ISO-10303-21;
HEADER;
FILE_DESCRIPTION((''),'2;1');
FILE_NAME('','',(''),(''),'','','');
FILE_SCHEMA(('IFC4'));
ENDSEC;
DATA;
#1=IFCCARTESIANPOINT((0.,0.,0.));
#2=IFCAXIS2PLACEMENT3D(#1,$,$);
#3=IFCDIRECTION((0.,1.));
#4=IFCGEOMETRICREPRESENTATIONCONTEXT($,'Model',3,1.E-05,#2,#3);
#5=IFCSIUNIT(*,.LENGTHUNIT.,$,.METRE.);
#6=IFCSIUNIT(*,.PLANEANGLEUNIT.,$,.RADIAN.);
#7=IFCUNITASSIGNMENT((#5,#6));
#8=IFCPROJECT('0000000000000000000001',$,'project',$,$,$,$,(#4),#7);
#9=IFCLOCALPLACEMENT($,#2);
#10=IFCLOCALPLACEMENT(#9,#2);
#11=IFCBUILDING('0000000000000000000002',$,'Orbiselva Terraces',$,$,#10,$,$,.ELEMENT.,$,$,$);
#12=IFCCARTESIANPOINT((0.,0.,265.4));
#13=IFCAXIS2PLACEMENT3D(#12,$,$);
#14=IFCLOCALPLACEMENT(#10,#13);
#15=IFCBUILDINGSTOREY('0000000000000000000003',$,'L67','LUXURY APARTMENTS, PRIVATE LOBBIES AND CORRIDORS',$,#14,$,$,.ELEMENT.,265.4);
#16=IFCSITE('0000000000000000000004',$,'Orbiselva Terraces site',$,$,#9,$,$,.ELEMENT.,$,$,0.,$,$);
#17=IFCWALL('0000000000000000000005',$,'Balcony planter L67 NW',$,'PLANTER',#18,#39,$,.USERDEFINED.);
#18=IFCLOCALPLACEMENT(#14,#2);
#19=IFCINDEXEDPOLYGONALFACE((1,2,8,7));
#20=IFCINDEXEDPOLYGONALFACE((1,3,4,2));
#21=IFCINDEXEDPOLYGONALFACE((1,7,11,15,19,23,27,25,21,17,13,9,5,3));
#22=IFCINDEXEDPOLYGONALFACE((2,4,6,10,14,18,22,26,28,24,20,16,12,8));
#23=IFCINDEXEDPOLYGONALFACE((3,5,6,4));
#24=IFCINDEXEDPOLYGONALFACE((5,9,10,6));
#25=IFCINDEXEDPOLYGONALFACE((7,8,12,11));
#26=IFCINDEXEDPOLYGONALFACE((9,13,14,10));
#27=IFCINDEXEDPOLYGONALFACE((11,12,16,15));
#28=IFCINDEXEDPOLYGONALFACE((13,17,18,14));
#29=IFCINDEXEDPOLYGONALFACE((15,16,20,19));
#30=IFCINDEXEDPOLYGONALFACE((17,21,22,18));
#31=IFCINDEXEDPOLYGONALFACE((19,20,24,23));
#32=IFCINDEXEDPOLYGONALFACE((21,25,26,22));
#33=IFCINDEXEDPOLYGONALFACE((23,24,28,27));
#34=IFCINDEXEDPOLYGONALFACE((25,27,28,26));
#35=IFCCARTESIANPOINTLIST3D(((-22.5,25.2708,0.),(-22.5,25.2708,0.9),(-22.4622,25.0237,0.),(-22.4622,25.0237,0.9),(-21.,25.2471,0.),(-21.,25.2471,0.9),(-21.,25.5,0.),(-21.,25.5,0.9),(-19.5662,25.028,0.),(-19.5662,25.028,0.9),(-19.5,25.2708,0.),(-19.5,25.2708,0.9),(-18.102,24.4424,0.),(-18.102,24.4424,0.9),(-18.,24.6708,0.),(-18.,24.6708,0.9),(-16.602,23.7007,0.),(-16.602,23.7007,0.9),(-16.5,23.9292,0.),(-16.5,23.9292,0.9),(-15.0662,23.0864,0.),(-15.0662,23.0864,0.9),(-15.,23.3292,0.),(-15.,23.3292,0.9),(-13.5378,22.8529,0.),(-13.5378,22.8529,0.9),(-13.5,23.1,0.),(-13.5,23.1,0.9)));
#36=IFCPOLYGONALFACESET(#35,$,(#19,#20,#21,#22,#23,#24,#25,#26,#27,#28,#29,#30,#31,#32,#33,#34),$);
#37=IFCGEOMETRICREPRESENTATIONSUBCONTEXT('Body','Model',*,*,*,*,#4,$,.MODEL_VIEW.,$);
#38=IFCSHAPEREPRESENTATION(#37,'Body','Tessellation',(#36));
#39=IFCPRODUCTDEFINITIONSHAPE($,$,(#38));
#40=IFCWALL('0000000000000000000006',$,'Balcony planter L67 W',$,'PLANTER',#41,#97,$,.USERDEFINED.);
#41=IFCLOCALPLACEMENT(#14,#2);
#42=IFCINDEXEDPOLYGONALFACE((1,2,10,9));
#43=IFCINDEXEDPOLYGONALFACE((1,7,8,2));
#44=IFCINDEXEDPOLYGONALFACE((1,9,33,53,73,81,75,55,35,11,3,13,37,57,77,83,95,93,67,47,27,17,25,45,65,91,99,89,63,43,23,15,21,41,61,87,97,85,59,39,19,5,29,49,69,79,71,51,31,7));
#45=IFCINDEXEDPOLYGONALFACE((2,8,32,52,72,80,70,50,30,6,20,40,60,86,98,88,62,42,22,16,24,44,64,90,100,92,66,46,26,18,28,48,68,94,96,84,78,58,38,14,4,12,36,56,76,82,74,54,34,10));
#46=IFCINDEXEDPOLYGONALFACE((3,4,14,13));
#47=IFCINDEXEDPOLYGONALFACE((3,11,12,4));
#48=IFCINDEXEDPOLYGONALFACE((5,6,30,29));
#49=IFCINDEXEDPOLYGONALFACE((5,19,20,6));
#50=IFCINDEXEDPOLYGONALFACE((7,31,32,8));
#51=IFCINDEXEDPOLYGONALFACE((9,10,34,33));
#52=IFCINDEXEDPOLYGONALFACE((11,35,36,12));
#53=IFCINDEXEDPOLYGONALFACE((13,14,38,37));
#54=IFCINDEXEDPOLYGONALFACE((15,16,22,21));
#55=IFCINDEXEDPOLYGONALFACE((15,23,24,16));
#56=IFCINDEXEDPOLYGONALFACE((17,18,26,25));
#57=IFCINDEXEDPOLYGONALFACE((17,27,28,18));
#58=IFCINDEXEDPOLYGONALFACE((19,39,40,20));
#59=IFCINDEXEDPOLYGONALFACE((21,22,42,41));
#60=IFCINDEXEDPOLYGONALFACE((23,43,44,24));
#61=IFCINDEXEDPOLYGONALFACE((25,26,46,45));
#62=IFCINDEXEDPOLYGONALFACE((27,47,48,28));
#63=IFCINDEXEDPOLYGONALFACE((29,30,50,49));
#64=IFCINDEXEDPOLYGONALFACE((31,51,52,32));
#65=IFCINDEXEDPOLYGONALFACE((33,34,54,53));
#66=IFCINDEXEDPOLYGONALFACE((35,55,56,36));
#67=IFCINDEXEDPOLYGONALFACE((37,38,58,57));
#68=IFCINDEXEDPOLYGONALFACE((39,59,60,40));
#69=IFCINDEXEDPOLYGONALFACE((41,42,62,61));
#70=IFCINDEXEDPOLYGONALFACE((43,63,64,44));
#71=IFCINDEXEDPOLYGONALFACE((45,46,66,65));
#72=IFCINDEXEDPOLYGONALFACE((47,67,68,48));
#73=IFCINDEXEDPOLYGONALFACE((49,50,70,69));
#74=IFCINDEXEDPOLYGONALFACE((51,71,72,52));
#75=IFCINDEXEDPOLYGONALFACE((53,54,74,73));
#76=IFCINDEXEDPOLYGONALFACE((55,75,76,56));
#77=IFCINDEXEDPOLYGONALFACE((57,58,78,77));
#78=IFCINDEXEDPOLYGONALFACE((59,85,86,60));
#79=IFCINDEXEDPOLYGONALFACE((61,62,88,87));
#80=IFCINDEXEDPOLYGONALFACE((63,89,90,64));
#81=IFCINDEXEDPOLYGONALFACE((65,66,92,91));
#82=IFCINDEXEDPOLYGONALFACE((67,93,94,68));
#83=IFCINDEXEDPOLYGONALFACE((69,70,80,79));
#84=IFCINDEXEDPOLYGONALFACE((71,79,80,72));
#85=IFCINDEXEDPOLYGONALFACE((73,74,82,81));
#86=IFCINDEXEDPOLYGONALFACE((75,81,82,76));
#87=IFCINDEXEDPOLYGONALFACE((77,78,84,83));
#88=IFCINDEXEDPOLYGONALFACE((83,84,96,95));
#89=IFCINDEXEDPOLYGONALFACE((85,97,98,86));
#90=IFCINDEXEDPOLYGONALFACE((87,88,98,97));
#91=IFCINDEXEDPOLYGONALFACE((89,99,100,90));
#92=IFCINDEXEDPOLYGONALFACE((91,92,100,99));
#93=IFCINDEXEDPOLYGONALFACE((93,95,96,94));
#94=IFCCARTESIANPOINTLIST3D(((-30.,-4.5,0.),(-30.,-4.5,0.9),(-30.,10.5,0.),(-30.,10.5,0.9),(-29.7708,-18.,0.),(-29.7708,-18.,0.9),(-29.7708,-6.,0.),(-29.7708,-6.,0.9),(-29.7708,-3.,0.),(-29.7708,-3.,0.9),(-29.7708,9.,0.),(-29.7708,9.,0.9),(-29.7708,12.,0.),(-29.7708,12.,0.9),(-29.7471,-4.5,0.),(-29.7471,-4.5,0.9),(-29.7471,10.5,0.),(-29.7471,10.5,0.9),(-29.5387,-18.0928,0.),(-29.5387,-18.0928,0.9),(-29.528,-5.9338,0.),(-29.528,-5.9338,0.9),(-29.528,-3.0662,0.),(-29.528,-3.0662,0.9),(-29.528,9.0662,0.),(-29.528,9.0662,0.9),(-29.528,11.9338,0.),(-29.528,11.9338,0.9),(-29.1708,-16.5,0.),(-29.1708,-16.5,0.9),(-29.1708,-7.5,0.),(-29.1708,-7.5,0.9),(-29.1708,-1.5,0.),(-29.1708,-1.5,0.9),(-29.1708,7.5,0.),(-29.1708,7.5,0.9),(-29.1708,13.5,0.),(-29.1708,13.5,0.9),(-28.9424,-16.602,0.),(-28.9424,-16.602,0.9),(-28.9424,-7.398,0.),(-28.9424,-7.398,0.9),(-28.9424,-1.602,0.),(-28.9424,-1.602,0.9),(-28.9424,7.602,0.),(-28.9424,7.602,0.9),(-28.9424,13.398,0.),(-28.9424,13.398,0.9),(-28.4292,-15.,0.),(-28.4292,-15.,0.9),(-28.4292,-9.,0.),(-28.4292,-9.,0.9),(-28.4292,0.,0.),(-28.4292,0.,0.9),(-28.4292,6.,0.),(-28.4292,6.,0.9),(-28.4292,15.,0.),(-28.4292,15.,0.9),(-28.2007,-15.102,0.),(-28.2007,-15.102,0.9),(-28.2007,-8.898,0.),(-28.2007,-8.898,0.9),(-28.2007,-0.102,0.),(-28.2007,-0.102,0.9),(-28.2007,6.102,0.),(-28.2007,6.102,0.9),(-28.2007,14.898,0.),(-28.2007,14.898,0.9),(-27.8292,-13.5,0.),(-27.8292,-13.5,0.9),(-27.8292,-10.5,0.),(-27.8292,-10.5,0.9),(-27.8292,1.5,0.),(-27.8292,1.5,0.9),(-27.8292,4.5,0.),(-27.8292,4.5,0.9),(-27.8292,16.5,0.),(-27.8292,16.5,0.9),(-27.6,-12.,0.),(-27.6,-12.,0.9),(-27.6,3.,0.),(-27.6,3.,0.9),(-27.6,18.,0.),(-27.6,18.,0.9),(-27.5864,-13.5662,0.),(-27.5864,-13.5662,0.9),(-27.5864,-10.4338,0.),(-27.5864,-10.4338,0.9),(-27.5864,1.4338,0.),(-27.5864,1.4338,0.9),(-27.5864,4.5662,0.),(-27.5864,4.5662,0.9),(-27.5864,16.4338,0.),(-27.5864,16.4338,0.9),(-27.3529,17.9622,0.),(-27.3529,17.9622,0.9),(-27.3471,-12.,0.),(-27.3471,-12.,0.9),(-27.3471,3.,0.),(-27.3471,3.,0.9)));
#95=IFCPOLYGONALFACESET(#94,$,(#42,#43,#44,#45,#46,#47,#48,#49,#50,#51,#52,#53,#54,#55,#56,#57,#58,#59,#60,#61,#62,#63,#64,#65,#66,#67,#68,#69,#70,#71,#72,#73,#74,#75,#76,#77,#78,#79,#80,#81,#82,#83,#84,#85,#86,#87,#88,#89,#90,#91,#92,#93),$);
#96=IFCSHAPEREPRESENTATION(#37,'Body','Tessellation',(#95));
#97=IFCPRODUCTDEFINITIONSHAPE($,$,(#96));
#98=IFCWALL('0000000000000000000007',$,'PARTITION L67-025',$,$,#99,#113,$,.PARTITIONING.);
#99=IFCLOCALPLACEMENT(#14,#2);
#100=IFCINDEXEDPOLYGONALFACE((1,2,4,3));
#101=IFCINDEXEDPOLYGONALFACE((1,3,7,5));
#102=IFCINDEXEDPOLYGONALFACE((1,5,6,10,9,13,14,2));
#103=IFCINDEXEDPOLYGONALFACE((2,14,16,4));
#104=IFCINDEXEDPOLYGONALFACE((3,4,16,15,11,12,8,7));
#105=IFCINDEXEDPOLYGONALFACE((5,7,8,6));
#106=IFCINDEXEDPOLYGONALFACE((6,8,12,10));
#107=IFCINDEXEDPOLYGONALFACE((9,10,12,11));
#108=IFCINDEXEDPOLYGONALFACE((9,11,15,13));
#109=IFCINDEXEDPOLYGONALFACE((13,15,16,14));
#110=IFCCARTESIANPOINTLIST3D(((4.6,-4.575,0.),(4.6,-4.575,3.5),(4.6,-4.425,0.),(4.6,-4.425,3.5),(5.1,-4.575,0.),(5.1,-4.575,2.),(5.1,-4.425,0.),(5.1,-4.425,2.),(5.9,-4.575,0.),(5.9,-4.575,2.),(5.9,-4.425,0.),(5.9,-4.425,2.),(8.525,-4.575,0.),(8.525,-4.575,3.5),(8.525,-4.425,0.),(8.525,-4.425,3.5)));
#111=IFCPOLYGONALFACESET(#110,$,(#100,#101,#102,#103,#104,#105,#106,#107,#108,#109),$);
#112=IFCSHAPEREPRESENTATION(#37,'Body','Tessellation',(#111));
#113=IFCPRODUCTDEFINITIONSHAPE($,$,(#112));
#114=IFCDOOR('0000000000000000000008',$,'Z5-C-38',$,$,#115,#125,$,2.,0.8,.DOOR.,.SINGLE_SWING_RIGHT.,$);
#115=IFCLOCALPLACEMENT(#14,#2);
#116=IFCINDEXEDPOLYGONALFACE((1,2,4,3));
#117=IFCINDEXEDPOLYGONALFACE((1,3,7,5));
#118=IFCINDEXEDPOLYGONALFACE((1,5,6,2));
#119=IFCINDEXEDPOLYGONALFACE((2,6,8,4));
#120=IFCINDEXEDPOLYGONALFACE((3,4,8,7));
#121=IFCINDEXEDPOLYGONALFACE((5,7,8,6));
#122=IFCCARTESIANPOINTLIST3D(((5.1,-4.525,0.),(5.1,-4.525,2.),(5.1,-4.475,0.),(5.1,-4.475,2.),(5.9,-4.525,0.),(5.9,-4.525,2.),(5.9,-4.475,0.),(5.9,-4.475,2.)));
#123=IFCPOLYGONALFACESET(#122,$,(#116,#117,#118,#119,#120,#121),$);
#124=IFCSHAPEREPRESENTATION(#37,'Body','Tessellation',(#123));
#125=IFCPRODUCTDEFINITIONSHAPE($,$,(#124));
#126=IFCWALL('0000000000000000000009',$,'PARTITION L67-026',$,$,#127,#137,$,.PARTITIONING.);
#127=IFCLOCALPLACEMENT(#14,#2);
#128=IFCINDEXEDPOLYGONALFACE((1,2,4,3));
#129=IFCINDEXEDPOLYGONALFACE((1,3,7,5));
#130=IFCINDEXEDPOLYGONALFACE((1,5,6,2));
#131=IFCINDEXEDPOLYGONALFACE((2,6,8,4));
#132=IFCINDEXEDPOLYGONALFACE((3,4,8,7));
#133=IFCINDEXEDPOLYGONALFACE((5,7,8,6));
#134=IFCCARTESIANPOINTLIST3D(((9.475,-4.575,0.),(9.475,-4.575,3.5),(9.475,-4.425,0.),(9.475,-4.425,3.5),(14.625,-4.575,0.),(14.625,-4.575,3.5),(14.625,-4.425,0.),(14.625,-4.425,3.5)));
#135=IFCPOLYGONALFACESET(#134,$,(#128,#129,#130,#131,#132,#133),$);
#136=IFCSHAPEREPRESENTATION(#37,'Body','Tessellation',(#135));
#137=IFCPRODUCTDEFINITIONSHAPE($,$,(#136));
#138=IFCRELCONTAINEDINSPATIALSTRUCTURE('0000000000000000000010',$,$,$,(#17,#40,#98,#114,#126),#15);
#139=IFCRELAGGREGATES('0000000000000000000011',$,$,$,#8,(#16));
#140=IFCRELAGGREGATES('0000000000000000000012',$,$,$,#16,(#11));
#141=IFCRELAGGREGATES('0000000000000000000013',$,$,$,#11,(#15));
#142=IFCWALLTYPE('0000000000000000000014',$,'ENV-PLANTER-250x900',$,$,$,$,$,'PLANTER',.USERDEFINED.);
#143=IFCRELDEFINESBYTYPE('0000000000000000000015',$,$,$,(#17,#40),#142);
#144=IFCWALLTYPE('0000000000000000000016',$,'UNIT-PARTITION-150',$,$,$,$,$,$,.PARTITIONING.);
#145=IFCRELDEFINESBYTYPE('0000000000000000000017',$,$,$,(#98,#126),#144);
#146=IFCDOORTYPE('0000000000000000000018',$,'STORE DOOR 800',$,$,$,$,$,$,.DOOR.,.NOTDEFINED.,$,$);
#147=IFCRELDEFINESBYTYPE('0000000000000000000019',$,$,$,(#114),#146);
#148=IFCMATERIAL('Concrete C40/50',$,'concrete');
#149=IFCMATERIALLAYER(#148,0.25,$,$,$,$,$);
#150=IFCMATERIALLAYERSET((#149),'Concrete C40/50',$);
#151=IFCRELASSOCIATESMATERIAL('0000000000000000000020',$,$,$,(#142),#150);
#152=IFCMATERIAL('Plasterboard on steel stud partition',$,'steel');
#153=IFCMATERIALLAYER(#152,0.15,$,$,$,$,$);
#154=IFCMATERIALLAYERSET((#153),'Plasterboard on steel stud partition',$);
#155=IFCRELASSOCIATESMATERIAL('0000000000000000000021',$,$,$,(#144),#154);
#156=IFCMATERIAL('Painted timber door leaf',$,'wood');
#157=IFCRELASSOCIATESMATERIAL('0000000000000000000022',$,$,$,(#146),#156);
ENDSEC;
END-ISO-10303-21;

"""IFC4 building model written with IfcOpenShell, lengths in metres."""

from ifc_helpers import new_model, si_unit, direction, frame, frame_2d, origin, place, context, subcontext, project, spatial, polyline, rectangle, outline, extrude, material, layer, layer_set, type_object, element, fill, save


model = new_model("IFC4")

# Units and contexts
model_context = context("Model", 3, precision=1e-05, world=origin(), true_north=direction((0.0, 1.0)))
body_context = subcontext(model_context, "Body", "Model", "MODEL_VIEW")
ifc_project = project(units=[si_unit("LENGTHUNIT", "METRE"), si_unit("PLANEANGLEUNIT", "RADIAN")], contexts=[model_context])

# Site, building, storey
site_placement = place(None, origin())
site = spatial("IfcSite", under=ifc_project, at=site_placement, Name="Orbiselva Terraces site", CompositionType="ELEMENT", RefElevation=0.0)
building_placement = place(site_placement, origin())
building = spatial("IfcBuilding", under=site, at=building_placement, Name="Orbiselva Terraces", CompositionType="ELEMENT")
storey_placement = place(building_placement, frame((0.0, 0.0, 265.4)))
storey = spatial("IfcBuildingStorey", under=building, at=storey_placement, Name="L67", Description="LUXURY APARTMENTS, PRIVATE LOBBIES AND CORRIDORS", CompositionType="ELEMENT", Elevation=265.4)

# Shared definitions
ifc_material_1 = material(Name="Concrete C40/50", Category="concrete")

# Walls
ifc_layer_1 = layer(ifc_material_1, 0.25)
ifc_layer_set_1 = layer_set([ifc_layer_1], Name="Concrete C40/50")
wall_type_1 = type_object("IfcWallType", Name="ENV-PLANTER-250x900", ElementType="PLANTER", PredefinedType="USERDEFINED", material=ifc_layer_set_1)
wall_1_placement = place(storey_placement, origin())
element("IfcWall", 1, at=wall_1_placement, inside=storey, type_object=wall_type_1, Name="Balcony planter L67 NW", ObjectType="PLANTER", PredefinedType="USERDEFINED", context=body_context, shape_type="SweptSolid", body=[
    extrude(outline(polyline([(-13.5, 23.1), (-15.0, 23.3292), (-16.5, 23.9292), (-18.0, 24.6708), (-19.5, 25.2708), (-21.0, 25.5), (-22.5, 25.2708), (-22.4622, 25.0237), (-21.0, 25.2471), (-19.5662, 25.028), (-18.102, 24.4424), (-16.602, 23.7007), (-15.0662, 23.0864), (-13.5378, 22.8529), (-13.5, 23.1)])), origin(), (0.0, 0.0, 1.0), 0.9),
])
wall_2_placement = place(storey_placement, origin())
element("IfcWall", 2, at=wall_2_placement, inside=storey, type_object=wall_type_1, Name="Balcony planter L67 W", ObjectType="PLANTER", PredefinedType="USERDEFINED", context=body_context, shape_type="SweptSolid", body=[
    extrude(outline(polyline([(-27.6, 18.0), (-27.8292, 16.5), (-28.4292, 15.0), (-29.1708, 13.5), (-29.7708, 12.0), (-30.0, 10.5), (-29.7708, 9.0), (-29.1708, 7.5), (-28.4292, 6.0), (-27.8292, 4.5), (-27.6, 3.0), (-27.8292, 1.5), (-28.4292, 0.0), (-29.1708, -1.5), (-29.7708, -3.0), (-30.0, -4.5), (-29.7708, -6.0), (-29.1708, -7.5), (-28.4292, -9.0), (-27.8292, -10.5), (-27.6, -12.0), (-27.8292, -13.5), (-28.4292, -15.0), (-29.1708, -16.5), (-29.7708, -18.0), (-29.5387, -18.0928), (-28.9424, -16.602), (-28.2007, -15.102), (-27.5864, -13.5662), (-27.3471, -12.0), (-27.5864, -10.4338), (-28.2007, -8.898), (-28.9424, -7.398), (-29.528, -5.9338), (-29.7471, -4.5), (-29.528, -3.0662), (-28.9424, -1.602), (-28.2007, -0.102), (-27.5864, 1.4338), (-27.3471, 3.0), (-27.5864, 4.5662), (-28.2007, 6.102), (-28.9424, 7.602), (-29.528, 9.0662), (-29.7471, 10.5), (-29.528, 11.9338), (-28.9424, 13.398), (-28.2007, 14.898), (-27.5864, 16.4338), (-27.3529, 17.9622), (-27.6, 18.0)])), origin(), (0.0, 0.0, 1.0), 0.9),
])

# Wall, opening, door
ifc_material_2 = material(Name="Plasterboard on steel stud partition", Category="steel")
ifc_layer_2 = layer(ifc_material_2, 0.15)
ifc_layer_set_2 = layer_set([ifc_layer_2], Name="Plasterboard on steel stud partition")
wall_type_2 = type_object("IfcWallType", Name="UNIT-PARTITION-150", PredefinedType="PARTITIONING", material=ifc_layer_set_2)
wall_3_placement = place(storey_placement, frame((8.525, -4.5, 0.0), z_axis=(0.0, 0.0, 1.0), x_axis=(-1.0, 0.0, 0.0)))
wall_3 = element("IfcWall", 3, at=wall_3_placement, inside=storey, type_object=wall_type_2, Name="PARTITION L67-025", PredefinedType="PARTITIONING", context=body_context, shape_type="SweptSolid", body=[
    extrude(rectangle(XDim=3.925, YDim=0.15, at=frame_2d((1.9625, 0.0))), origin(), (0.0, 0.0, 1.0), 3.5),
])
opening_placement = place(wall_3_placement, frame((2.625, 0.0, 0.0)))
opening = element("IfcOpeningElement", 4, at=opening_placement, cuts=wall_3, PredefinedType="OPENING", context=body_context, shape_type="SweptSolid", body=[
    extrude(rectangle(XDim=0.8, YDim=2.0, at=frame_2d((0.4, 1.0))), frame((0.0, 0.085, 0.0), z_axis=(0.0, -1.0, 0.0), x_axis=(1.0, 0.0, 0.0)), (0.0, 0.0, 1.0), 0.17),
])
ifc_material_3 = material(Name="Painted timber door leaf", Category="wood")
door_type = type_object("IfcDoorType", Name="STORE DOOR 800", OperationType="NOTDEFINED", PredefinedType="DOOR", material=ifc_material_3)
door_placement = place(opening_placement, origin())
door = element("IfcDoor", 5, at=door_placement, inside=storey, type_object=door_type, Name="Z5-C-38", OperationType="SINGLE_SWING_RIGHT", OverallHeight=2.0, OverallWidth=0.8, PredefinedType="DOOR", context=body_context, shape_type="SweptSolid", body=[
    extrude(rectangle(XDim=0.8, YDim=2.0, at=frame_2d((0.4, 1.0))), frame((0.0, 0.025, 0.0), z_axis=(0.0, -1.0, 0.0), x_axis=(1.0, 0.0, 0.0)), (0.0, 0.0, 1.0), 0.05),
])
fill(opening, door)

# Wall
wall_4_placement = place(storey_placement, frame((9.475, -4.5, 0.0), z_axis=(0.0, 0.0, 1.0), x_axis=(1.0, 0.0, 0.0)))
element("IfcWall", 6, at=wall_4_placement, inside=storey, type_object=wall_type_2, Name="PARTITION L67-026", PredefinedType="PARTITIONING", context=body_context, shape_type="SweptSolid", body=[
    extrude(rectangle(XDim=5.15, YDim=0.15, at=frame_2d((2.575, 0.0))), origin(), (0.0, 0.0, 1.0), 3.5),
])

save(model, "model.ifc")
